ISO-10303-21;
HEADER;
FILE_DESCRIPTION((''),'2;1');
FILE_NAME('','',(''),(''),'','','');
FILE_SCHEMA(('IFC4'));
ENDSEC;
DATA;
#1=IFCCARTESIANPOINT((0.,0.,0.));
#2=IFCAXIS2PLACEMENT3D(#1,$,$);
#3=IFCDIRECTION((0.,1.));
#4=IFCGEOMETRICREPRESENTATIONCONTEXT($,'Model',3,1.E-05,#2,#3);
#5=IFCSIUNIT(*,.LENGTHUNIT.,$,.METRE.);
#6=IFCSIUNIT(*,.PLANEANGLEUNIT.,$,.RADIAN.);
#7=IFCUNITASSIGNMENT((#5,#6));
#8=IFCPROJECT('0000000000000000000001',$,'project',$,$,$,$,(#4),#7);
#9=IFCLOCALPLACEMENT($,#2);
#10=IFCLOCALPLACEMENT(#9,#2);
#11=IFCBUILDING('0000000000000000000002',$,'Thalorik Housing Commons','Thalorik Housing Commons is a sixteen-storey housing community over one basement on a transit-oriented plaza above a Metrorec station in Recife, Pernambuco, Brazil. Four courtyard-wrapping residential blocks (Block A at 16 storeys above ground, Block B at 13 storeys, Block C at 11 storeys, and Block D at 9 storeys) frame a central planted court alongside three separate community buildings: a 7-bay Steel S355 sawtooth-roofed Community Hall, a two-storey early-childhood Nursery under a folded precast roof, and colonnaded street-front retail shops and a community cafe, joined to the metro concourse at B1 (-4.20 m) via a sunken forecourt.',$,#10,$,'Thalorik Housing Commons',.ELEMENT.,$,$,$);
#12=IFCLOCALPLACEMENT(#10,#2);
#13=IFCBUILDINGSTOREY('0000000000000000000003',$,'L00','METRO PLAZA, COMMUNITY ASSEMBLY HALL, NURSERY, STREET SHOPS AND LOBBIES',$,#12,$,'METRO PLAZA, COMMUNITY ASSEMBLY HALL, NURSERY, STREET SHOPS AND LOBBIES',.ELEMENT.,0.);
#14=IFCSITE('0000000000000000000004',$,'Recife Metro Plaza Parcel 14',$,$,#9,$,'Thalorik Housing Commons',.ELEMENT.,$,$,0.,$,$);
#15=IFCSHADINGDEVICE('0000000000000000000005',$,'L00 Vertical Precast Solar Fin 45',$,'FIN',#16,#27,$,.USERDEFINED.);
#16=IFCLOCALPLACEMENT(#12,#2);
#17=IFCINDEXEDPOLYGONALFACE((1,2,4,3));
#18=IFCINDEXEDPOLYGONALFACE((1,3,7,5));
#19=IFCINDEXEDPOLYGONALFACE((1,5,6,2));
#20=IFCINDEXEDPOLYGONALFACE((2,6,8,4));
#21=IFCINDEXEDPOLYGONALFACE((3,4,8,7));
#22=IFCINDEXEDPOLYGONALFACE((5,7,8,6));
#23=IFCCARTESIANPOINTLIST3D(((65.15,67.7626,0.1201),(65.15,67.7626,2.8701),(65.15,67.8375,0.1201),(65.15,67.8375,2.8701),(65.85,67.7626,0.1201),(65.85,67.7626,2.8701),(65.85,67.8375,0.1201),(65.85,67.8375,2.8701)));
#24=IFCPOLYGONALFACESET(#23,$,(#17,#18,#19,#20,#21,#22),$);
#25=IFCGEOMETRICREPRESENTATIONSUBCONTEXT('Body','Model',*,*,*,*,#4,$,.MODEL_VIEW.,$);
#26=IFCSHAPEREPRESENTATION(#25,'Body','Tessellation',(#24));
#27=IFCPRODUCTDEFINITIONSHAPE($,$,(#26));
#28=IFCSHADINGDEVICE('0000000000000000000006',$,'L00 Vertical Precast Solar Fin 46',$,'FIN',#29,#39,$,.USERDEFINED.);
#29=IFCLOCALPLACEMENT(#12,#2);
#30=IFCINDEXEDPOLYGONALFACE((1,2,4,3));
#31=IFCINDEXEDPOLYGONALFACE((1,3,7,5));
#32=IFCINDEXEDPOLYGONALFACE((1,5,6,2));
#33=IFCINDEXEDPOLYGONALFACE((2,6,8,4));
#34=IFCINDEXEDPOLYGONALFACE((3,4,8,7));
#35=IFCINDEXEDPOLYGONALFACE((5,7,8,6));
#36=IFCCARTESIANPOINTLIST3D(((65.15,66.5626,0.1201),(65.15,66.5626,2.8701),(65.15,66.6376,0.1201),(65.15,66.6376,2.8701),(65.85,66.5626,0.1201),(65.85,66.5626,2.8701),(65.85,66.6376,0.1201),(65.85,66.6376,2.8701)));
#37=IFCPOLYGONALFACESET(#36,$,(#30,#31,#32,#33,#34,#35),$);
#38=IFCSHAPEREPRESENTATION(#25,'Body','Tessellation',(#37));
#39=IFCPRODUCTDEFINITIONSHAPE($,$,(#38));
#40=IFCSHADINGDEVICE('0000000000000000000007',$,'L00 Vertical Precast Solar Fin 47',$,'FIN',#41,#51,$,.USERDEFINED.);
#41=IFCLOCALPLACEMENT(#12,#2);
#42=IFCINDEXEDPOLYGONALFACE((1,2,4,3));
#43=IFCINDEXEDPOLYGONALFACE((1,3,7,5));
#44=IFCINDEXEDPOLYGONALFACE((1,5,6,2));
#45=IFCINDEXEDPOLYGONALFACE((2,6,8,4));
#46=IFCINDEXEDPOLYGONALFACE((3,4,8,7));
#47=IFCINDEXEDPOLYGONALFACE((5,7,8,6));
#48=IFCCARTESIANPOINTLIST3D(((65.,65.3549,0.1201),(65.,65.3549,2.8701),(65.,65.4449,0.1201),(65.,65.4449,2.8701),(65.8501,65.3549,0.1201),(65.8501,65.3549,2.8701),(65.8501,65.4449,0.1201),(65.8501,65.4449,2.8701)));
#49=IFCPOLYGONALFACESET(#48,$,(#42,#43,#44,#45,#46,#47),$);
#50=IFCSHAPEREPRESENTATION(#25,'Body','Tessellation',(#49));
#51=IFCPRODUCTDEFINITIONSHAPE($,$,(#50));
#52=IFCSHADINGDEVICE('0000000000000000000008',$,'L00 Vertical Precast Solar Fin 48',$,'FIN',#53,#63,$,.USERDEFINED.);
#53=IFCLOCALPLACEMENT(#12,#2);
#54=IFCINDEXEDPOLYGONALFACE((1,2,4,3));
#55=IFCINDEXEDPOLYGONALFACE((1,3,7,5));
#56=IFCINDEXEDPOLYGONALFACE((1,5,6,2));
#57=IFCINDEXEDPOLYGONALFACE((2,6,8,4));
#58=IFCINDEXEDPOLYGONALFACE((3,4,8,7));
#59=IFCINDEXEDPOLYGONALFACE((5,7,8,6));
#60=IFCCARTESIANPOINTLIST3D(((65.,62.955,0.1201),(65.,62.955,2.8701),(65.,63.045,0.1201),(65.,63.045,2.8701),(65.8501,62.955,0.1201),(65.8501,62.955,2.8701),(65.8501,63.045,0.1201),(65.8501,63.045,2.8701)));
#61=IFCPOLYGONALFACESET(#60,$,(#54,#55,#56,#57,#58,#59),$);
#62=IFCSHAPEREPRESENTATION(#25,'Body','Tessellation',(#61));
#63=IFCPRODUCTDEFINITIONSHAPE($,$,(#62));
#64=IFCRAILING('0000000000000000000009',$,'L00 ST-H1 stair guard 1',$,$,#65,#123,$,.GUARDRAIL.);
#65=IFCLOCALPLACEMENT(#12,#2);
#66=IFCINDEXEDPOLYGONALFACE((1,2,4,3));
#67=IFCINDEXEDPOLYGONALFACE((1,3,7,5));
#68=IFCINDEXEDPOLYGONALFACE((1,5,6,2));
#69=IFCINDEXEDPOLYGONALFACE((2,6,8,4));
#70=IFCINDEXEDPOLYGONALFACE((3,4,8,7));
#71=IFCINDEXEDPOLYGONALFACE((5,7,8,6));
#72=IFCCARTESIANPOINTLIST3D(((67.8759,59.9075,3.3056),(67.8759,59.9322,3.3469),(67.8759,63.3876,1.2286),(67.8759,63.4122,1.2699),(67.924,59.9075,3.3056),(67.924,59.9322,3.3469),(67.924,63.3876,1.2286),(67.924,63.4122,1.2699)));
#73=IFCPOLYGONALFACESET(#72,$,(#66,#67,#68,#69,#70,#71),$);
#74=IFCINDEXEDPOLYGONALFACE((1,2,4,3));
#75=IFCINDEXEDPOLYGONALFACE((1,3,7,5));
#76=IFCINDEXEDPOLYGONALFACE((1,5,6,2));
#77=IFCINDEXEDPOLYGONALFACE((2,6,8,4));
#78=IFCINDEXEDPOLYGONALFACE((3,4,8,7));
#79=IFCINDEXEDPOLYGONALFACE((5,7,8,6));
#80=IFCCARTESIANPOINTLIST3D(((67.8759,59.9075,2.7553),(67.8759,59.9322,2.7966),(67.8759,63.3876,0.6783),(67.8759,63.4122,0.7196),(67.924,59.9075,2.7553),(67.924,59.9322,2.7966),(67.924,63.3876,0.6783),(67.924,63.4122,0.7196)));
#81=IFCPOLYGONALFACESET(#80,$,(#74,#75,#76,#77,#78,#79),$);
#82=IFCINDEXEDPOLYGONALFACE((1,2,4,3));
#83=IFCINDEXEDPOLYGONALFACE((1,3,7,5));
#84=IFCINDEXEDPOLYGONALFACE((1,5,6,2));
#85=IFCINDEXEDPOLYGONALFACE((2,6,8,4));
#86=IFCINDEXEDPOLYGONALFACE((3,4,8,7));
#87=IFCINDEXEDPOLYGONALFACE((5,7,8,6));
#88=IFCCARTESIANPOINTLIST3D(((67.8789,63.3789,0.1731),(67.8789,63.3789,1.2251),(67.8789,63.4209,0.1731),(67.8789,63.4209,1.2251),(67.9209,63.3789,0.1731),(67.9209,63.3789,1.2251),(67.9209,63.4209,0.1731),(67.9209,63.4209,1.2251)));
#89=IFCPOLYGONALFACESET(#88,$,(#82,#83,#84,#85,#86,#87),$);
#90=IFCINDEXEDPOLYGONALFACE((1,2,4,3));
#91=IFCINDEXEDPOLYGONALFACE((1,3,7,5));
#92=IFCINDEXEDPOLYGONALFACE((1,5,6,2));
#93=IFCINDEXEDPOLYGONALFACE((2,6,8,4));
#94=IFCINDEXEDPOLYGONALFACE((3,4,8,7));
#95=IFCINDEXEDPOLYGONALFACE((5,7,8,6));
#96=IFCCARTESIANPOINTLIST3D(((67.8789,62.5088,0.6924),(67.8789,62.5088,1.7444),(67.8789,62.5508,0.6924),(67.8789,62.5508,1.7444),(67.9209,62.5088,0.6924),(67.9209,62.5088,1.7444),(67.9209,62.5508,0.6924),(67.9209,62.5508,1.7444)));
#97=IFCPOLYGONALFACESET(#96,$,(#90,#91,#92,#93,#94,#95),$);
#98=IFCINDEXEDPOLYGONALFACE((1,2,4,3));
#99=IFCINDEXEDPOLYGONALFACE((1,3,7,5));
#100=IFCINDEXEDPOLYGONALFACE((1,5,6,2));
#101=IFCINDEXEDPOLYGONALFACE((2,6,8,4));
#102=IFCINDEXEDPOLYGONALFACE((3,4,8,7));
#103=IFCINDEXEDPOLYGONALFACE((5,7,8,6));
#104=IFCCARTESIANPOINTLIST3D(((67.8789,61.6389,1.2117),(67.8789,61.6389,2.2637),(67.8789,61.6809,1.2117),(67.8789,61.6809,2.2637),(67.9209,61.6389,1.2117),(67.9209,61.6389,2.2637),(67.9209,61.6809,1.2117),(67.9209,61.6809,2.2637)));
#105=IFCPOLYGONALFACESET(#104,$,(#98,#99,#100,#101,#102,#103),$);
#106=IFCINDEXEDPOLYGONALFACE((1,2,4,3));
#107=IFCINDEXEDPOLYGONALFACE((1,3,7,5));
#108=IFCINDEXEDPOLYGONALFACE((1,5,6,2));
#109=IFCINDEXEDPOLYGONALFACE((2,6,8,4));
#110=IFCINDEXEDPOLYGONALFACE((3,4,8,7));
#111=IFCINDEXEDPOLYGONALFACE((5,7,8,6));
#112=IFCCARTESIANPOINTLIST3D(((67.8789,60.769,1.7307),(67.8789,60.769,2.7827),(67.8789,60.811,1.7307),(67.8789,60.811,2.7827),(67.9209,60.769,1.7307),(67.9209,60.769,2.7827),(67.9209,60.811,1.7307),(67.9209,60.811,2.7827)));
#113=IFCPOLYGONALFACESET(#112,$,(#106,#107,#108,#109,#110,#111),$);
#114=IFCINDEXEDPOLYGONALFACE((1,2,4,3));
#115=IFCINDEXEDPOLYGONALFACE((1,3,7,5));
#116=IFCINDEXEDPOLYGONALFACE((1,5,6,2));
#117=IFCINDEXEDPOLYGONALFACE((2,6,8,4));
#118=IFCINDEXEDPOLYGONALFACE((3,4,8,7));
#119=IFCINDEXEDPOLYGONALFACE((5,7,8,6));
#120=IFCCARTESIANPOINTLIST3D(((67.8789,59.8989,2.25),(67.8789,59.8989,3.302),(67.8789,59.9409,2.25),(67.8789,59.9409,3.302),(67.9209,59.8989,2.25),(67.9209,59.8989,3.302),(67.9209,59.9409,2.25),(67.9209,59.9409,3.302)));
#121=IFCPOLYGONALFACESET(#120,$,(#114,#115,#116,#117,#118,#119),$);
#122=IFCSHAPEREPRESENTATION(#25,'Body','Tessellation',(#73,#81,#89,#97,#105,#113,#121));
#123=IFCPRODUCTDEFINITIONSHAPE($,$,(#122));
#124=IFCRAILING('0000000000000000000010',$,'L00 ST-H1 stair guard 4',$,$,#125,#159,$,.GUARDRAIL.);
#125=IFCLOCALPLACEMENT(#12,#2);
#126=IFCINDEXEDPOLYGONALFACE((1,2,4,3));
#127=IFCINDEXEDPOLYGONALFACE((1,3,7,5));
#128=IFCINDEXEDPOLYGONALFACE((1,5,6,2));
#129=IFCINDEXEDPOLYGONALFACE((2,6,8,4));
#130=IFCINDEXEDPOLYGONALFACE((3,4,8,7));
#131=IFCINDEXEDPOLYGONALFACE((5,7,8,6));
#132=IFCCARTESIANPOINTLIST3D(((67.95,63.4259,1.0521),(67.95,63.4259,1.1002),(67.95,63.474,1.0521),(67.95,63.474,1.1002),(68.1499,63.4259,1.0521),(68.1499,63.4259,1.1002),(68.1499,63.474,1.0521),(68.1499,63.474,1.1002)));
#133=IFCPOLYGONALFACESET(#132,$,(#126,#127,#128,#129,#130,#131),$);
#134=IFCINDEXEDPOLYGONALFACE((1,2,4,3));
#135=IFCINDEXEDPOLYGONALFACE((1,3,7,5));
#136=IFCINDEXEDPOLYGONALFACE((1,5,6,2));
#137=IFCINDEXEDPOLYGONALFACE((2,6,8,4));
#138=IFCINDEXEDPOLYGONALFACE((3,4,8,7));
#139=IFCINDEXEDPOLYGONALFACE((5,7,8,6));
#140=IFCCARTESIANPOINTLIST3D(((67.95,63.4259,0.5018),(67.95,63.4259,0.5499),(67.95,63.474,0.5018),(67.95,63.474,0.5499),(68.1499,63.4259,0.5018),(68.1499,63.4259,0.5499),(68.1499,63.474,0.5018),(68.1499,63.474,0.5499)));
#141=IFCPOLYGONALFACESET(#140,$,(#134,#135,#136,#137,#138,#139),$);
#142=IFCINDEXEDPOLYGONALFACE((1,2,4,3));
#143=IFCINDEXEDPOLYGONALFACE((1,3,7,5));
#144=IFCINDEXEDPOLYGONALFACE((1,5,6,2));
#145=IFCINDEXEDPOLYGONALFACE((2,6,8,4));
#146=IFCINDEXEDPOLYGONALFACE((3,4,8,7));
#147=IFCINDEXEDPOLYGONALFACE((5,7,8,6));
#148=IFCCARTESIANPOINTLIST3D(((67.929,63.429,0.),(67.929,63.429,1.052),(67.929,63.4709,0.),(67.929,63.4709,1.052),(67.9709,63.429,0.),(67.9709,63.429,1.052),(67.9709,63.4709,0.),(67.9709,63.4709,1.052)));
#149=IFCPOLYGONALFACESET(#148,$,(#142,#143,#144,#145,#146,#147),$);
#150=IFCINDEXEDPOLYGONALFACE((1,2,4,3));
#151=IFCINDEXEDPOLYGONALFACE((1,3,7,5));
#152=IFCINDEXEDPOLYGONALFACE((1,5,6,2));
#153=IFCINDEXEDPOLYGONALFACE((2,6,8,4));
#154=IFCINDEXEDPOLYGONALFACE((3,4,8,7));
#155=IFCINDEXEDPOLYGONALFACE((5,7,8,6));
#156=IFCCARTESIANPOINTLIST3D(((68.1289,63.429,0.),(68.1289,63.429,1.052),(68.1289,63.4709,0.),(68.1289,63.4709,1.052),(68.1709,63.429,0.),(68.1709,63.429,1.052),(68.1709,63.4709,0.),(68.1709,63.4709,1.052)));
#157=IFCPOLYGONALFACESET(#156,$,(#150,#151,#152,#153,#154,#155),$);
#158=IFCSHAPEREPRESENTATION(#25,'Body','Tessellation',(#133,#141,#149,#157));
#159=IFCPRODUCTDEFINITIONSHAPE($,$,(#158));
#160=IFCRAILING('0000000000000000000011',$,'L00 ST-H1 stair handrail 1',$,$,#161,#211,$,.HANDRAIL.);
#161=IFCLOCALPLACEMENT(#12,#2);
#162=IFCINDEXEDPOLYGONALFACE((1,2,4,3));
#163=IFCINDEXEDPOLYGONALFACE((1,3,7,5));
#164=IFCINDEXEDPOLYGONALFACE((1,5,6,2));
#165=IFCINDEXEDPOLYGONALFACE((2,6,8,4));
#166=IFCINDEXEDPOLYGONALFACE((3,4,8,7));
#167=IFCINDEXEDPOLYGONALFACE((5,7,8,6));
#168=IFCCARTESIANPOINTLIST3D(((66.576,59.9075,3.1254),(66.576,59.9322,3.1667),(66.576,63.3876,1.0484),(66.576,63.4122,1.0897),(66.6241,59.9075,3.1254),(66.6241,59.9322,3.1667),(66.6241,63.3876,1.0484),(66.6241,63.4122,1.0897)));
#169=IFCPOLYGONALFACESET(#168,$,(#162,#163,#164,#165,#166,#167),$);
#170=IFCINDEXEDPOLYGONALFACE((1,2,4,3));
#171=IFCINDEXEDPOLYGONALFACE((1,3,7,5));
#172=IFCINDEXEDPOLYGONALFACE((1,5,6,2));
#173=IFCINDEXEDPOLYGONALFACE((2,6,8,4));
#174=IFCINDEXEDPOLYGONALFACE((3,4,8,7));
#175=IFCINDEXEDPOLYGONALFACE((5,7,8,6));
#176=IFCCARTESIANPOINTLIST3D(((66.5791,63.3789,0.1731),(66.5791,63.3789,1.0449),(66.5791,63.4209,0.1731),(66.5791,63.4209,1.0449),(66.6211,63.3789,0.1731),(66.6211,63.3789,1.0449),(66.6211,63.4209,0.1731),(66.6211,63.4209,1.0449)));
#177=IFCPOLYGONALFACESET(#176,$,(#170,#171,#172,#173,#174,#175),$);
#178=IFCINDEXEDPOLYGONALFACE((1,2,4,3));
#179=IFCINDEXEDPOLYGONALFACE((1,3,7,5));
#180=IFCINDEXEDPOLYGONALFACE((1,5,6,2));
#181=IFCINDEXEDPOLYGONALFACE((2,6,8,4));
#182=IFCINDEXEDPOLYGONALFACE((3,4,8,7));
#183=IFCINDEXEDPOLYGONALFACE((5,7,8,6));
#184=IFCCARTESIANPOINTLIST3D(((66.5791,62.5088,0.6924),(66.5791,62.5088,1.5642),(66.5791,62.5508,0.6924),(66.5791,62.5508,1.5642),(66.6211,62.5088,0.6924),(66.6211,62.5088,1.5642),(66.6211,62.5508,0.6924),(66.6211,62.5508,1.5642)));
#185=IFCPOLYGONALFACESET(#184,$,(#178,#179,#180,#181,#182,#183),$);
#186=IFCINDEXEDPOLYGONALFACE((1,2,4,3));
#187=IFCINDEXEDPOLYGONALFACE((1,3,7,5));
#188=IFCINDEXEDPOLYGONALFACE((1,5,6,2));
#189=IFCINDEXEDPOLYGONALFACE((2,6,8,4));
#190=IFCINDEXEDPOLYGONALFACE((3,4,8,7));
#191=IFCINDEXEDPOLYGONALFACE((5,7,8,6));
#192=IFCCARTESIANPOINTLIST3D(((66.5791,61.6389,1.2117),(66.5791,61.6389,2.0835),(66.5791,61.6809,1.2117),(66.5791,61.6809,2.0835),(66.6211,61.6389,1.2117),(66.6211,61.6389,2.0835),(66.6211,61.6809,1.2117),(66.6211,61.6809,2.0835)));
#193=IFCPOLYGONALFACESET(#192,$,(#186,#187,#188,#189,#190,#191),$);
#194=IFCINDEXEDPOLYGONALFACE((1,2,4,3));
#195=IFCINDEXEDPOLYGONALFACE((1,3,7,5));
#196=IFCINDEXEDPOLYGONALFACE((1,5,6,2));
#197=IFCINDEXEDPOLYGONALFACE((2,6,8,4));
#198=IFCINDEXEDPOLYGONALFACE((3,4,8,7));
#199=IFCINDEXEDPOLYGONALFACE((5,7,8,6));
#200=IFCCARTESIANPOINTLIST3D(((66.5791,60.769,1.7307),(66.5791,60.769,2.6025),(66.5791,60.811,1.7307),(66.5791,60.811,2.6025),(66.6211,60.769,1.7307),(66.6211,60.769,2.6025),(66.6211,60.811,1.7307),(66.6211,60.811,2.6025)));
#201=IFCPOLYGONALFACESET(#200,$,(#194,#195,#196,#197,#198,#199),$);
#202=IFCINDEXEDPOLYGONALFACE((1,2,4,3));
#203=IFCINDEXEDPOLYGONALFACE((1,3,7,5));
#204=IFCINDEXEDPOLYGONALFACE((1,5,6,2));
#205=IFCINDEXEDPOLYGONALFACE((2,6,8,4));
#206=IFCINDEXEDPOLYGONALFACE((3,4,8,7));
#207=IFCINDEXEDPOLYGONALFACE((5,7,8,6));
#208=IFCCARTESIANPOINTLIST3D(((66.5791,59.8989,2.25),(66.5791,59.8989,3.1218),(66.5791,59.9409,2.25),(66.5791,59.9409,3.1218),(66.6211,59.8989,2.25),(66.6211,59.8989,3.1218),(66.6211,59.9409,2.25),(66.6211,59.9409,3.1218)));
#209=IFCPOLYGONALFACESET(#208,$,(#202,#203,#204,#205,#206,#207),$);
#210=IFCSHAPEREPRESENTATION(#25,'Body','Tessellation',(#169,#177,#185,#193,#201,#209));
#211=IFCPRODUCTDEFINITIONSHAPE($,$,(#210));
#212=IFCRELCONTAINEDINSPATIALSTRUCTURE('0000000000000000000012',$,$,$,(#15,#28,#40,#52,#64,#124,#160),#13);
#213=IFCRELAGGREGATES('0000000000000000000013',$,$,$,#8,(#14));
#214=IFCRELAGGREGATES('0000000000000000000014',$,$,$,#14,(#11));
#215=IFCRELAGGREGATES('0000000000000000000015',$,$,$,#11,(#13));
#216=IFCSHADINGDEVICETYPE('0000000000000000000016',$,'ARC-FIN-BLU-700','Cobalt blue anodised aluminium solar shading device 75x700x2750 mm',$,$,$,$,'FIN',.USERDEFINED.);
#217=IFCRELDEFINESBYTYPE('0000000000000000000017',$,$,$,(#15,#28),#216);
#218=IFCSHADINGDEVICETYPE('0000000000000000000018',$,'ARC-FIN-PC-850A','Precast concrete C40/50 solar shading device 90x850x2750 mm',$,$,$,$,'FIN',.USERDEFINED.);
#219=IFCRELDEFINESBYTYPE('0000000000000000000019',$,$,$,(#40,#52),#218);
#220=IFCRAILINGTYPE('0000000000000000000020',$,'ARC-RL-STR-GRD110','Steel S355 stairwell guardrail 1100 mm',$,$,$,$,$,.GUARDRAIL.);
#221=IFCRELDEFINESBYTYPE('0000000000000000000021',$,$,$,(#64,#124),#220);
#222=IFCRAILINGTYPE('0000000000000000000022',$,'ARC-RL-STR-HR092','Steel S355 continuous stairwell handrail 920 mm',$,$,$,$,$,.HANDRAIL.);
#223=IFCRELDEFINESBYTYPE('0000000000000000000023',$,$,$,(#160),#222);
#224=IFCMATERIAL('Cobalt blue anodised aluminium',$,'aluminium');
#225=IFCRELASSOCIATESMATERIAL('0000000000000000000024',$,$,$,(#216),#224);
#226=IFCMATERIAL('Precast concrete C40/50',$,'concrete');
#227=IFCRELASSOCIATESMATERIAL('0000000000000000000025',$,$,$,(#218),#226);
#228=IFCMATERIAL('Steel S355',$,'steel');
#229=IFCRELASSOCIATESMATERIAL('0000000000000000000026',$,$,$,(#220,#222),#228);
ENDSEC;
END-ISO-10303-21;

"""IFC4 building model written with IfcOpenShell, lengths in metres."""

from ifc_helpers import new_model, si_unit, direction, frame, origin, origin_2d, place, context, subcontext, project, spatial, rectangle, extrude, material, type_object, element, save


model = new_model("IFC4")

# Units and contexts
model_context = context("Model", 3, precision=1e-05, world=origin(), true_north=direction((0.0, 1.0)))
body_context = subcontext(model_context, "Body", "Model", "MODEL_VIEW")
ifc_project = project(units=[si_unit("LENGTHUNIT", "METRE"), si_unit("PLANEANGLEUNIT", "RADIAN")], contexts=[model_context])

# Site, building, storey
site_placement = place(None, origin())
site = spatial("IfcSite", under=ifc_project, at=site_placement, Name="Recife Metro Plaza Parcel 14", LongName="Thalorik Housing Commons", CompositionType="ELEMENT", RefElevation=0.0)
building_placement = place(site_placement, origin())
building = spatial("IfcBuilding", under=site, at=building_placement, Name="Thalorik Housing Commons", Description="Thalorik Housing Commons is a sixteen-storey housing community over one basement on a transit-oriented plaza above a Metrorec station in Recife, Pernambuco, Brazil. Four courtyard-wrapping residential blocks (Block A at 16 storeys above ground, Block B at 13 storeys, Block C at 11 storeys, and Block D at 9 storeys) frame a central planted court alongside three separate community buildings: a 7-bay Steel S355 sawtooth-roofed Community Hall, a two-storey early-childhood Nursery under a folded precast roof, and colonnaded street-front retail shops and a community cafe, joined to the metro concourse at B1 (-4.20 m) via a sunken forecourt.", LongName="Thalorik Housing Commons", CompositionType="ELEMENT")
storey_placement = place(building_placement, origin())
storey = spatial("IfcBuildingStorey", under=building, at=storey_placement, Name="L00", Description="METRO PLAZA, COMMUNITY ASSEMBLY HALL, NURSERY, STREET SHOPS AND LOBBIES", LongName="METRO PLAZA, COMMUNITY ASSEMBLY HALL, NURSERY, STREET SHOPS AND LOBBIES", CompositionType="ELEMENT", Elevation=0.0)

# Shared definitions
ifc_material_1 = material(Name="Steel S355", Category="steel")

# Shared definitions
ifc_material_2 = material(Name="Precast concrete C40/50", Category="concrete")

# Shading devices
ifc_material_3 = material(Name="Cobalt blue anodised aluminium", Category="aluminium")
shading_device_type_1 = type_object("IfcShadingDeviceType", Name="ARC-FIN-BLU-700", Description="Cobalt blue anodised aluminium solar shading device 75x700x2750 mm", ElementType="FIN", PredefinedType="USERDEFINED", material=ifc_material_3)
for number, where, z_axis, x_axis, name in (
    (1, (65.5, 67.8, 0.1201), (0.0, 0.0, 1.0), (0.0, -1.0, 0.0), "L00 Vertical Precast Solar Fin 45"),
    (2, (65.5, 66.6001, 0.1201), (0.0, 0.0, 1.0), (0.0, -1.0, 0.0), "L00 Vertical Precast Solar Fin 46"),
):
    element("IfcShadingDevice", number, at=place(storey_placement, frame(where, z_axis=z_axis, x_axis=x_axis)), inside=storey, type_object=shading_device_type_1, Name=name, ObjectType="FIN", PredefinedType="USERDEFINED", context=body_context, shape_type="SweptSolid", body=[
        extrude(rectangle(XDim=0.075, YDim=0.7, at=origin_2d()), origin(), (0.0, 0.0, 1.0), 2.75),
    ])
shading_device_type_2 = type_object("IfcShadingDeviceType", Name="ARC-FIN-PC-850A", Description="Precast concrete C40/50 solar shading device 90x850x2750 mm", ElementType="FIN", PredefinedType="USERDEFINED", material=ifc_material_2)
for number, where, z_axis, x_axis, name in (
    (3, (65.425, 65.3999, 0.1201), (0.0, 0.0, 1.0), (0.0, -1.0, 0.0), "L00 Vertical Precast Solar Fin 47"),
    (4, (65.425, 63.0, 0.1201), (0.0, 0.0, 1.0), (0.0, -1.0, 0.0), "L00 Vertical Precast Solar Fin 48"),
):
    element("IfcShadingDevice", number, at=place(storey_placement, frame(where, z_axis=z_axis, x_axis=x_axis)), inside=storey, type_object=shading_device_type_2, Name=name, ObjectType="FIN", PredefinedType="USERDEFINED", context=body_context, shape_type="SweptSolid", body=[
        extrude(rectangle(XDim=0.0901, YDim=0.8501, at=origin_2d()), origin(), (0.0, 0.0, 1.0), 2.75),
    ])

# Railings
railing_type_1 = type_object("IfcRailingType", Name="ARC-RL-STR-GRD110", Description="Steel S355 stairwell guardrail 1100 mm", PredefinedType="GUARDRAIL", material=ifc_material_1)
railing_1_placement = place(storey_placement, frame((67.8999, 63.3999, 0.1731)))
element("IfcRailing", 5, at=railing_1_placement, inside=storey, type_object=railing_type_1, Name="L00 ST-H1 stair guard 1", PredefinedType="GUARDRAIL", context=body_context, shape_type="SweptSolid", body=[
    extrude(rectangle(XDim=0.0481, YDim=0.0481, at=origin_2d()), frame((0.0, 0.0, 1.0762), z_axis=(0.0, -0.858697, 0.512483), x_axis=(1.0, 0.0, 0.0)), (0.0, 0.0, 1.0), 4.0527),
    extrude(rectangle(XDim=0.0481, YDim=0.0481, at=origin_2d()), frame((0.0, 0.0, 0.5259), z_axis=(0.0, -0.858697, 0.512483), x_axis=(1.0, 0.0, 0.0)), (0.0, 0.0, 1.0), 4.0527),
    extrude(rectangle(XDim=0.042, YDim=0.042, at=origin_2d()), origin(), (0.0, 0.0, 1.0), 1.052),
    extrude(rectangle(XDim=0.042, YDim=0.042, at=origin_2d()), frame((0.0, -0.8701, 0.5193)), (0.0, 0.0, 1.0), 1.052),
    extrude(rectangle(XDim=0.042, YDim=0.042, at=origin_2d()), frame((0.0, -1.74, 1.0386)), (0.0, 0.0, 1.0), 1.052),
    extrude(rectangle(XDim=0.042, YDim=0.042, at=origin_2d()), frame((0.0, -2.6099, 1.5576)), (0.0, 0.0, 1.0), 1.052),
    extrude(rectangle(XDim=0.042, YDim=0.042, at=origin_2d()), frame((0.0, -3.48, 2.0769)), (0.0, 0.0, 1.0), 1.052),
])
railing_2_placement = place(storey_placement, frame((67.95, 63.45, 0.0)))
element("IfcRailing", 6, at=railing_2_placement, inside=storey, type_object=railing_type_1, Name="L00 ST-H1 stair guard 4", PredefinedType="GUARDRAIL", context=body_context, shape_type="SweptSolid", body=[
    extrude(rectangle(XDim=0.0481, YDim=0.0481, at=origin_2d()), frame((0.0, 0.0, 1.0762), z_axis=(1.0, 0.0, 0.0), x_axis=(0.0, 1.0, 0.0)), (0.0, 0.0, 1.0), 0.2),
    extrude(rectangle(XDim=0.0481, YDim=0.0481, at=origin_2d()), frame((0.0, 0.0, 0.5259), z_axis=(1.0, 0.0, 0.0), x_axis=(0.0, 1.0, 0.0)), (0.0, 0.0, 1.0), 0.2),
    extrude(rectangle(XDim=0.042, YDim=0.042, at=origin_2d()), origin(), (0.0, 0.0, 1.0), 1.052),
    extrude(rectangle(XDim=0.042, YDim=0.042, at=origin_2d()), frame((0.2, 0.0, 0.0)), (0.0, 0.0, 1.0), 1.052),
])
railing_type_2 = type_object("IfcRailingType", Name="ARC-RL-STR-HR092", Description="Steel S355 continuous stairwell handrail 920 mm", PredefinedType="HANDRAIL", material=ifc_material_1)
railing_3_placement = place(storey_placement, frame((66.6001, 63.3999, 0.1731)))
element("IfcRailing", 7, at=railing_3_placement, inside=storey, type_object=railing_type_2, Name="L00 ST-H1 stair handrail 1", PredefinedType="HANDRAIL", context=body_context, shape_type="SweptSolid", body=[
    extrude(rectangle(XDim=0.0481, YDim=0.0481, at=origin_2d()), frame((0.0, 0.0, 0.896), z_axis=(0.0, -0.858697, 0.512483), x_axis=(1.0, 0.0, 0.0)), (0.0, 0.0, 1.0), 4.0527),
    extrude(rectangle(XDim=0.042, YDim=0.042, at=origin_2d()), origin(), (0.0, 0.0, 1.0), 0.8718),
    extrude(rectangle(XDim=0.042, YDim=0.042, at=origin_2d()), frame((0.0, -0.8701, 0.5193)), (0.0, 0.0, 1.0), 0.8718),
    extrude(rectangle(XDim=0.042, YDim=0.042, at=origin_2d()), frame((0.0, -1.74, 1.0386)), (0.0, 0.0, 1.0), 0.8718),
    extrude(rectangle(XDim=0.042, YDim=0.042, at=origin_2d()), frame((0.0, -2.6099, 1.5576)), (0.0, 0.0, 1.0), 0.8718),
    extrude(rectangle(XDim=0.042, YDim=0.042, at=origin_2d()), frame((0.0, -3.48, 2.0769)), (0.0, 0.0, 1.0), 0.8718),
])

save(model, "model.ifc")
